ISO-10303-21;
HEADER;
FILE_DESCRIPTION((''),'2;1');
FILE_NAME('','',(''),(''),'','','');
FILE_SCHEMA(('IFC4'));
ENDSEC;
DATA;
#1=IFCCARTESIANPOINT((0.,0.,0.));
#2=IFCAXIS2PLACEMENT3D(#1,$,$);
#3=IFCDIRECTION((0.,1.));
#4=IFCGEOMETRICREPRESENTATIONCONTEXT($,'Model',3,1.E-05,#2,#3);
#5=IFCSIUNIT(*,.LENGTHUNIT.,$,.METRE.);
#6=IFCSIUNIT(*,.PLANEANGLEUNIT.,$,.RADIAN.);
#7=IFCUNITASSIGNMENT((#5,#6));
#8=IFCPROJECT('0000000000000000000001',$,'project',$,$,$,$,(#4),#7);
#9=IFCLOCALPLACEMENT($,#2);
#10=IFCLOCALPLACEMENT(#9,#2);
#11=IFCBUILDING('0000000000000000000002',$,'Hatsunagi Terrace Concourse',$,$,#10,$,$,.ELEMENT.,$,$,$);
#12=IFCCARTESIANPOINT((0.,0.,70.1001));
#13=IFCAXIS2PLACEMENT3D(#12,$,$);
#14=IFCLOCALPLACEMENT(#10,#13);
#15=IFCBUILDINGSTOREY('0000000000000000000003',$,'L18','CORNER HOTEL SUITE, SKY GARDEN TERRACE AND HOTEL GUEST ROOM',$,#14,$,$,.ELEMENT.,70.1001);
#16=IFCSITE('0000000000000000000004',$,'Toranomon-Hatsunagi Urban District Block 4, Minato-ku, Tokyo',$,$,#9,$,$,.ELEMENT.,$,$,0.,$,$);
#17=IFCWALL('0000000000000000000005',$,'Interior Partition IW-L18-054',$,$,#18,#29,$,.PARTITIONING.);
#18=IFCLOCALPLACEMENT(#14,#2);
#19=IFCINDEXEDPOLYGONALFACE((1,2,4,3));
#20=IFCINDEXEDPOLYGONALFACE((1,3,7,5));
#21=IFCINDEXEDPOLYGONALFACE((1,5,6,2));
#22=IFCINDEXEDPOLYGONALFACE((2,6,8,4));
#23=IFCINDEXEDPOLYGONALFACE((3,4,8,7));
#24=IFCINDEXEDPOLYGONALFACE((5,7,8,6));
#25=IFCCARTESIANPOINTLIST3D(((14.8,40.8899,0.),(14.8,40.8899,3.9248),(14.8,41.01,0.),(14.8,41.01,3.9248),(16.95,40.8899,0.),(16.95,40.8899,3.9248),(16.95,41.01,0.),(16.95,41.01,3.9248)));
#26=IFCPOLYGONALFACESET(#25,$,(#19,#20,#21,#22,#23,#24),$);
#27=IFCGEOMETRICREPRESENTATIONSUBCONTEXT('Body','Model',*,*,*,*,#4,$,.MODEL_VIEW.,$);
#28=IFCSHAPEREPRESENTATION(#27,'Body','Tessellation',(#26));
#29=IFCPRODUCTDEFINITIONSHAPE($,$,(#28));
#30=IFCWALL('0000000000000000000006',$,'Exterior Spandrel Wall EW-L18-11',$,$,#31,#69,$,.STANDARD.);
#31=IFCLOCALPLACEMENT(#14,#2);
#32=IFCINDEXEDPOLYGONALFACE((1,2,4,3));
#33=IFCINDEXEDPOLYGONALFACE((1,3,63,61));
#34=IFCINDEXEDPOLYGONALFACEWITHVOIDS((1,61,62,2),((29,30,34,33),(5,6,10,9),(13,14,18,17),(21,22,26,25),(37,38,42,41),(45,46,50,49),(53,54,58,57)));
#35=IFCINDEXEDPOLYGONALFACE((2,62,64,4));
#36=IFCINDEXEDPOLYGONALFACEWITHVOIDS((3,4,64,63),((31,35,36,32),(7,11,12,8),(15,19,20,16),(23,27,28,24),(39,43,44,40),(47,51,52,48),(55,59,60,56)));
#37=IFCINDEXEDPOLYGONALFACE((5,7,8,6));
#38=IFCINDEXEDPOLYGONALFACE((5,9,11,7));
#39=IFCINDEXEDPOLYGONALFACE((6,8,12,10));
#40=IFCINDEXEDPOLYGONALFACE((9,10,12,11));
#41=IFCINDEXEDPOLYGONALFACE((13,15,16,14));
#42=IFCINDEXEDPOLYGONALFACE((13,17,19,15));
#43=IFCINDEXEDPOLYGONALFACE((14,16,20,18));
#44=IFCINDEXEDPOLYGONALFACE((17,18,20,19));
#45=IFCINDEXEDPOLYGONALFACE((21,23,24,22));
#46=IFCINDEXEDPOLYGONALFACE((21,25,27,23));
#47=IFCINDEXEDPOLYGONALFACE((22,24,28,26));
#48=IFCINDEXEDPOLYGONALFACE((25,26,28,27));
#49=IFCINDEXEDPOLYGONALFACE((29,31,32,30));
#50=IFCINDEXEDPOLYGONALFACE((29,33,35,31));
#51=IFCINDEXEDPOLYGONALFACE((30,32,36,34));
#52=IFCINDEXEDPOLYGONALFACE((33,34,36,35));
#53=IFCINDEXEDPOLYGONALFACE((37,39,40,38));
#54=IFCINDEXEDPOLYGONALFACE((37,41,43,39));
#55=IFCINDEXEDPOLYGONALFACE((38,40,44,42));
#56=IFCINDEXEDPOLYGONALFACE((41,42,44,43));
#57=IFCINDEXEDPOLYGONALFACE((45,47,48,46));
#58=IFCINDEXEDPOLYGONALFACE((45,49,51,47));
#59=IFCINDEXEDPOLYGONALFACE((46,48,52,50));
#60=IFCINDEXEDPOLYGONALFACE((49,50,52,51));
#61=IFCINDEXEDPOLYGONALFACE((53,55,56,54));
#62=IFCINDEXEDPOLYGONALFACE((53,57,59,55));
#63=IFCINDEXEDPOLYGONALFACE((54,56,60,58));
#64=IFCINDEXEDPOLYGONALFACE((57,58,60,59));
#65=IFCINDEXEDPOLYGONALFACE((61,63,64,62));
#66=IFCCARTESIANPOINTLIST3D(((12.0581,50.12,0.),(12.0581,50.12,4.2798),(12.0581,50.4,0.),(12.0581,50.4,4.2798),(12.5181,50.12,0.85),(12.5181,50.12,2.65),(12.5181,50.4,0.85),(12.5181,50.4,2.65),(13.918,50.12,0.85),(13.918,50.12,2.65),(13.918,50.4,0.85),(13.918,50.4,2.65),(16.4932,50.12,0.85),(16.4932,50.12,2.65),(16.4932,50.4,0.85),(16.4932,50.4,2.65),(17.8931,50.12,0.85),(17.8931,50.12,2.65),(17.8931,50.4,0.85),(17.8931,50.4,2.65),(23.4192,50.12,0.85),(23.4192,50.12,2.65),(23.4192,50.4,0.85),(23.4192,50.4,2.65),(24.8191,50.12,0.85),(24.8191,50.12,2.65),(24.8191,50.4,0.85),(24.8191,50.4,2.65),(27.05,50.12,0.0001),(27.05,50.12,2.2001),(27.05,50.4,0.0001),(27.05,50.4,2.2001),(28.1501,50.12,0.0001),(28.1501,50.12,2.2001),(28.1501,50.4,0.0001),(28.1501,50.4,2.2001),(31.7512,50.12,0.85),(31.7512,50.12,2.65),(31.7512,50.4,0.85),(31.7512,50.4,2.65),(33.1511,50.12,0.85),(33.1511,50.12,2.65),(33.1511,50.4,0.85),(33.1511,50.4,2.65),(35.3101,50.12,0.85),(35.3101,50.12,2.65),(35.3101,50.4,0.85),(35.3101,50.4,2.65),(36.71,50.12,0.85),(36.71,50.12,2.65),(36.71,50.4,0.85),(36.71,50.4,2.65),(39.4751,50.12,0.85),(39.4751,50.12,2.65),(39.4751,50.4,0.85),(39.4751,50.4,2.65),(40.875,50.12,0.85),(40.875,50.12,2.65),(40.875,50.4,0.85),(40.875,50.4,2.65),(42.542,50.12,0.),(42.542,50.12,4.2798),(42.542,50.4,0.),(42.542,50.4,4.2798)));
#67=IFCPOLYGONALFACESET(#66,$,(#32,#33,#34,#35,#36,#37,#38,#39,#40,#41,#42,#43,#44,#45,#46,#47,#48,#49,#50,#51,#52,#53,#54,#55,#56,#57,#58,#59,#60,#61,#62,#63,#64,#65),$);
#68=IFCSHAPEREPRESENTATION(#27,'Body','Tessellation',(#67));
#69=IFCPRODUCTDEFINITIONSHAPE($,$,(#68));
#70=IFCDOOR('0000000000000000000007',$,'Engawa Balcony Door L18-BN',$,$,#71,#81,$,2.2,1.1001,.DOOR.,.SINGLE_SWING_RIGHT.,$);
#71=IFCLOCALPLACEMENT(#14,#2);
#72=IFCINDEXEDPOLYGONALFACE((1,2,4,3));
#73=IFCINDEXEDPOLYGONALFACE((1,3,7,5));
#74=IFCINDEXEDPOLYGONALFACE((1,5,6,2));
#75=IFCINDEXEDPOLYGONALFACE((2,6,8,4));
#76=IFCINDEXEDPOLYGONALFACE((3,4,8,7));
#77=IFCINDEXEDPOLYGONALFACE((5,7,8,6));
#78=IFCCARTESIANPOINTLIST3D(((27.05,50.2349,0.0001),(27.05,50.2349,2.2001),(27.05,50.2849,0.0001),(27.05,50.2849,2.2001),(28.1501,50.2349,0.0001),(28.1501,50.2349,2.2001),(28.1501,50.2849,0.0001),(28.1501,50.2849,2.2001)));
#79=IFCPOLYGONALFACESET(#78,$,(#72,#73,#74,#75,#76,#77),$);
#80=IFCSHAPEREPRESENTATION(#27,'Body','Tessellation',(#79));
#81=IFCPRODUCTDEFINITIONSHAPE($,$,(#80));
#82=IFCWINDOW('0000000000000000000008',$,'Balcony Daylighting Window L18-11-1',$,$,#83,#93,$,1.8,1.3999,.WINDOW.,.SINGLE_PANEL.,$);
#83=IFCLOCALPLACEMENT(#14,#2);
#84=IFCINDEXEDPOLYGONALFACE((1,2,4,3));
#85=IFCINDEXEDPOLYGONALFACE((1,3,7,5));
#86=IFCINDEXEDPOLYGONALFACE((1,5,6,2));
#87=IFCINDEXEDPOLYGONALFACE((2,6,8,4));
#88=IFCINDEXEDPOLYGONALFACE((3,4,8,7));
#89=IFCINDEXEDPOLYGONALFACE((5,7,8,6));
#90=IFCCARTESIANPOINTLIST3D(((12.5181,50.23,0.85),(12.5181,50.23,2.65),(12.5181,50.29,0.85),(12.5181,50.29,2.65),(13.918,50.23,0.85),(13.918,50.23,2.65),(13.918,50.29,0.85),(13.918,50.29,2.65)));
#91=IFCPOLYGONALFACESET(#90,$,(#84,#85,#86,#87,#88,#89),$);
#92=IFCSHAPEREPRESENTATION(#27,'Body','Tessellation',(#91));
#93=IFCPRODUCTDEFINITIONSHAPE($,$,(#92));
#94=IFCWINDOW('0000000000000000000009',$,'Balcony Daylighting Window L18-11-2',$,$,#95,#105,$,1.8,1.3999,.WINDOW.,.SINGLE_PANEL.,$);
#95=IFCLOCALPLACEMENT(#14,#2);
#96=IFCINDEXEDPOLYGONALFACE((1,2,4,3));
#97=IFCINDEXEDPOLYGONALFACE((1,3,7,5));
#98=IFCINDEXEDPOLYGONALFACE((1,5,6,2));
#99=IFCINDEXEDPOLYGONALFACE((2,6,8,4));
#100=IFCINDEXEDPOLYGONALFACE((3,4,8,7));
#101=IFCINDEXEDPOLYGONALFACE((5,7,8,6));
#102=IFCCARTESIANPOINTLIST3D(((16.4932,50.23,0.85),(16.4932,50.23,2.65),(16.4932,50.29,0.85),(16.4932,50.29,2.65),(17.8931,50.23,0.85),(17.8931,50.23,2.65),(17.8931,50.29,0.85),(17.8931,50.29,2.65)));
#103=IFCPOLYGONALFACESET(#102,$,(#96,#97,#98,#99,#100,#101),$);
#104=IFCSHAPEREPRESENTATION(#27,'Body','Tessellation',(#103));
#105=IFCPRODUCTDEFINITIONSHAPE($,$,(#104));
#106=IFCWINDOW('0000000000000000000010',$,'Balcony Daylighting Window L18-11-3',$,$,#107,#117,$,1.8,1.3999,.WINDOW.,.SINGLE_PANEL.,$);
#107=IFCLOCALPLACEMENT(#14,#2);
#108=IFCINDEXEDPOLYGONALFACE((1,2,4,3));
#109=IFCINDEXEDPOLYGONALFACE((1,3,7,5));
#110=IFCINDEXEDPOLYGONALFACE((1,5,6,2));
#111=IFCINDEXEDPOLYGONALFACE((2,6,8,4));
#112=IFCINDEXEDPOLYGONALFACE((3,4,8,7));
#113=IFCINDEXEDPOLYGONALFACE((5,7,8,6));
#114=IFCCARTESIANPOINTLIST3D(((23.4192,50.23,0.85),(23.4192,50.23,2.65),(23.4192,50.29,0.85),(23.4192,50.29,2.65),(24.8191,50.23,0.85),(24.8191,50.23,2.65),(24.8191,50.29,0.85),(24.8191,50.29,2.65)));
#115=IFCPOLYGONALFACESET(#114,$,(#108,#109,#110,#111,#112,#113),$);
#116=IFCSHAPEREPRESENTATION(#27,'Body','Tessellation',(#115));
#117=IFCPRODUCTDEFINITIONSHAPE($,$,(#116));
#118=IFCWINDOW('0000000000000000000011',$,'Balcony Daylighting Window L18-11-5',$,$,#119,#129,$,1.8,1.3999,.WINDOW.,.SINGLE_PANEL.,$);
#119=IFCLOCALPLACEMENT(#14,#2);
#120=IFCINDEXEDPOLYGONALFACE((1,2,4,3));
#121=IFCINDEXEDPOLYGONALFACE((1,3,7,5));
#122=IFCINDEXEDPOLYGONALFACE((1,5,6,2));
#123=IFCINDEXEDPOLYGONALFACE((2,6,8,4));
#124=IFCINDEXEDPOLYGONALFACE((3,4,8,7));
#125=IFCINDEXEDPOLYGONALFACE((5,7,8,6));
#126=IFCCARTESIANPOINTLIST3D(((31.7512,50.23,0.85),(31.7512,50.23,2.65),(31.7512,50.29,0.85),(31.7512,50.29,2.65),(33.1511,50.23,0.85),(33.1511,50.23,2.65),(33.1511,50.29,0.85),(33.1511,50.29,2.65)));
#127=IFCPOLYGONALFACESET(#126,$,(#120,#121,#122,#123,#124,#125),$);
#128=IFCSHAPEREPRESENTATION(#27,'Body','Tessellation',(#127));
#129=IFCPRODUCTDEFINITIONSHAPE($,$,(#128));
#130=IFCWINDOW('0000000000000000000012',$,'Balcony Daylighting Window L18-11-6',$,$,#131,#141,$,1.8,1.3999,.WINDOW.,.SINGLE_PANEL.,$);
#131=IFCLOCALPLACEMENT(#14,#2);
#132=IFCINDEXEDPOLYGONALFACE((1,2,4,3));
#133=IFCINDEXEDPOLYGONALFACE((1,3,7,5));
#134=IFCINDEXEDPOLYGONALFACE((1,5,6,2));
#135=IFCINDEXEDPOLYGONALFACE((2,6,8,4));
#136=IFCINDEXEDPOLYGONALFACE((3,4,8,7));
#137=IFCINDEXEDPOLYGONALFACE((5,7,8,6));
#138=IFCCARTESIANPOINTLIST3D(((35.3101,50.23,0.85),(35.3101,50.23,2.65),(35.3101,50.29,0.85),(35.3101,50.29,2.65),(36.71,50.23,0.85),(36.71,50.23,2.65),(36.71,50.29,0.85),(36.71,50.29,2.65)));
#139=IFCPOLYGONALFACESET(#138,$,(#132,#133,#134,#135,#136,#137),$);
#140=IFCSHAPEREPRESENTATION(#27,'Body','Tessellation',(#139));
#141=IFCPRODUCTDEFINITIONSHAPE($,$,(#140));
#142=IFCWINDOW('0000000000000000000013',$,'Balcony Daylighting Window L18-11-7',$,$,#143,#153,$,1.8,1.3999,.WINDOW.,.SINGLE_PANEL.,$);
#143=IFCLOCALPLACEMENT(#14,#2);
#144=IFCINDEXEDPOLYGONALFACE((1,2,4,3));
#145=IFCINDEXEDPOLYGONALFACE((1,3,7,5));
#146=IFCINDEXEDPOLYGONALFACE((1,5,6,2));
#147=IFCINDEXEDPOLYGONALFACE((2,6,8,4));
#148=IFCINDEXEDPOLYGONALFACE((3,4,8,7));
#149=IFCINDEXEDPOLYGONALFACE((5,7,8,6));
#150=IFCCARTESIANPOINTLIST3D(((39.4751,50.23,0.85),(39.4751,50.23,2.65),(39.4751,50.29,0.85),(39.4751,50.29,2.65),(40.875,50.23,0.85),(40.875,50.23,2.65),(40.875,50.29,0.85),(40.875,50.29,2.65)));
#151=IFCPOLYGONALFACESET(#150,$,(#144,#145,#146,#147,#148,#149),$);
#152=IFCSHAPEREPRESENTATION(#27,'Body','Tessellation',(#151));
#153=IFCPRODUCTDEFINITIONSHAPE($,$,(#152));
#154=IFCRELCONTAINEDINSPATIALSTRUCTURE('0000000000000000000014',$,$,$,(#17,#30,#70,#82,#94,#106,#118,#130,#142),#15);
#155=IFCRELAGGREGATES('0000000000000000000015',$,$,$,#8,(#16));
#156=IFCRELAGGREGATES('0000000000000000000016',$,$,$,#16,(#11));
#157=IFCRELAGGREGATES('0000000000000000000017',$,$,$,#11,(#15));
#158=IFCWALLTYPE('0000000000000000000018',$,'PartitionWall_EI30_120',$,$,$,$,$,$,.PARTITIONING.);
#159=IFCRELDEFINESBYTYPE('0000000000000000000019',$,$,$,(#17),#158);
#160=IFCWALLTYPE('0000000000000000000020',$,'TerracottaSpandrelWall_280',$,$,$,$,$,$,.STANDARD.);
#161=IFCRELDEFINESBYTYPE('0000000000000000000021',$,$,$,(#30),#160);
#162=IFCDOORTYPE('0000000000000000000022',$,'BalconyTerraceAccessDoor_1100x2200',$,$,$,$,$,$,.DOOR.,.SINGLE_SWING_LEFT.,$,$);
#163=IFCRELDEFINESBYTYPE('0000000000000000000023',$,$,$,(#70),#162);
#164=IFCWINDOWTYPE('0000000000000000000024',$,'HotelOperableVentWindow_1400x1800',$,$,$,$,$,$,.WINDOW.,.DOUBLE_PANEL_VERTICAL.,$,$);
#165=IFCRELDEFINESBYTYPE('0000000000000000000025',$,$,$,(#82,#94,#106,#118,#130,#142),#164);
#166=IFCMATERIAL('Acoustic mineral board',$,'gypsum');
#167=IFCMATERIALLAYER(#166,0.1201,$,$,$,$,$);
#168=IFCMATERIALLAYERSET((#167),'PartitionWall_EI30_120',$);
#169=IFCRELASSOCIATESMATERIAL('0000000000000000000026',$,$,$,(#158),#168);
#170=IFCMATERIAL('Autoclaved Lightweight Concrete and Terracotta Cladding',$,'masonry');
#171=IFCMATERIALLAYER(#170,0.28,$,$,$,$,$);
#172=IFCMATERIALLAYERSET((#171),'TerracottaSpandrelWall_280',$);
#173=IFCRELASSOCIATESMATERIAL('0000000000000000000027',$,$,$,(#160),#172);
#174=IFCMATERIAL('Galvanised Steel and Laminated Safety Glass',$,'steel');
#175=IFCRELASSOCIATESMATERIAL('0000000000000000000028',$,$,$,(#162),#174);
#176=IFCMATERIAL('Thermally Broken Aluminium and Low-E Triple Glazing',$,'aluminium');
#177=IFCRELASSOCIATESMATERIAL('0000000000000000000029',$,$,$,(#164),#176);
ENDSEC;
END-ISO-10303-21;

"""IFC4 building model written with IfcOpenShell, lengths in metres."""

from ifc_helpers import new_model, si_unit, direction, frame, frame_2d, origin, place, context, subcontext, project, spatial, rectangle, extrude, material, layer, layer_set, type_object, element, fill, save


model = new_model("IFC4")

# Units and contexts
model_context = context("Model", 3, precision=1e-05, world=origin(), true_north=direction((0.0, 1.0)))
body_context = subcontext(model_context, "Body", "Model", "MODEL_VIEW")
ifc_project = project(units=[si_unit("LENGTHUNIT", "METRE"), si_unit("PLANEANGLEUNIT", "RADIAN")], contexts=[model_context])

# Site, building, storey
site_placement = place(None, origin())
site = spatial("IfcSite", under=ifc_project, at=site_placement, Name="Toranomon-Hatsunagi Urban District Block 4, Minato-ku, Tokyo", CompositionType="ELEMENT", RefElevation=0.0)
building_placement = place(site_placement, origin())
building = spatial("IfcBuilding", under=site, at=building_placement, Name="Hatsunagi Terrace Concourse", CompositionType="ELEMENT")
storey_placement = place(building_placement, frame((0.0, 0.0, 70.1001)))
storey = spatial("IfcBuildingStorey", under=building, at=storey_placement, Name="L18", Description="CORNER HOTEL SUITE, SKY GARDEN TERRACE AND HOTEL GUEST ROOM", CompositionType="ELEMENT", Elevation=70.1001)

# Wall
ifc_material_1 = material(Name="Acoustic mineral board", Category="gypsum")
ifc_layer_1 = layer(ifc_material_1, 0.1201)
ifc_layer_set_1 = layer_set([ifc_layer_1], Name="PartitionWall_EI30_120")
wall_type_1 = type_object("IfcWallType", Name="PartitionWall_EI30_120", PredefinedType="PARTITIONING", material=ifc_layer_set_1)
wall_1_placement = place(storey_placement, frame((14.8, 40.95, 0.0), z_axis=(0.0, 0.0, 1.0), x_axis=(1.0, 0.0, 0.0)))
element("IfcWall", 1, at=wall_1_placement, inside=storey, type_object=wall_type_1, Name="Interior Partition IW-L18-054", PredefinedType="PARTITIONING", context=body_context, shape_type="SweptSolid", body=[
    extrude(rectangle(XDim=2.1499, YDim=0.1201, at=frame_2d((1.075, 0.0))), origin(), (0.0, 0.0, 1.0), 3.9248),
])

# Wall, openings, door, windows
ifc_material_2 = material(Name="Autoclaved Lightweight Concrete and Terracotta Cladding", Category="masonry")
ifc_layer_2 = layer(ifc_material_2, 0.28)
ifc_layer_set_2 = layer_set([ifc_layer_2], Name="TerracottaSpandrelWall_280")
wall_type_2 = type_object("IfcWallType", Name="TerracottaSpandrelWall_280", PredefinedType="STANDARD", material=ifc_layer_set_2)
wall_2_placement = place(storey_placement, frame((12.0581, 50.26, 0.0), z_axis=(0.0, 0.0, 1.0), x_axis=(1.0, 0.0, 0.0)))
wall_2 = element("IfcWall", 2, at=wall_2_placement, inside=storey, type_object=wall_type_2, Name="Exterior Spandrel Wall EW-L18-11", PredefinedType="STANDARD", context=body_context, shape_type="SweptSolid", body=[
    extrude(rectangle(XDim=30.4839, YDim=0.28, at=frame_2d((15.2419, 0.0))), origin(), (0.0, 0.0, 1.0), 4.2798),
])
opening_1_placement = place(wall_2_placement, frame((14.9919, 0.0, 0.0)))
opening_1 = element("IfcOpeningElement", 3, at=opening_1_placement, cuts=wall_2, PredefinedType="OPENING", context=body_context, shape_type="SweptSolid", body=[
    extrude(rectangle(XDim=1.1001, YDim=2.2, at=frame_2d((0.55, 1.1001))), frame((0.0, 0.1499, 0.0), z_axis=(0.0, -1.0, 0.0), x_axis=(1.0, 0.0, 0.0)), (0.0, 0.0, 1.0), 0.3),
])
opening_2_placement = place(wall_2_placement, frame((0.46, 0.0, 0.8501)))
opening_2 = element("IfcOpeningElement", 4, at=opening_2_placement, cuts=wall_2, PredefinedType="OPENING", context=body_context, shape_type="SweptSolid", body=[
    extrude(rectangle(XDim=1.3999, YDim=1.8, at=frame_2d((0.7, 0.8999))), frame((0.0, 0.1499, 0.0), z_axis=(0.0, -1.0, 0.0), x_axis=(1.0, 0.0, 0.0)), (0.0, 0.0, 1.0), 0.3),
])
opening_3_placement = place(wall_2_placement, frame((4.4351, 0.0, 0.8501)))
opening_3 = element("IfcOpeningElement", 5, at=opening_3_placement, cuts=wall_2, PredefinedType="OPENING", context=body_context, shape_type="SweptSolid", body=[
    extrude(rectangle(XDim=1.3999, YDim=1.8, at=frame_2d((0.7, 0.8999))), frame((0.0, 0.1499, 0.0), z_axis=(0.0, -1.0, 0.0), x_axis=(1.0, 0.0, 0.0)), (0.0, 0.0, 1.0), 0.3),
])
opening_4_placement = place(wall_2_placement, frame((11.3611, 0.0, 0.8501)))
opening_4 = element("IfcOpeningElement", 6, at=opening_4_placement, cuts=wall_2, PredefinedType="OPENING", context=body_context, shape_type="SweptSolid", body=[
    extrude(rectangle(XDim=1.3999, YDim=1.8, at=frame_2d((0.7, 0.8999))), frame((0.0, 0.1499, 0.0), z_axis=(0.0, -1.0, 0.0), x_axis=(1.0, 0.0, 0.0)), (0.0, 0.0, 1.0), 0.3),
])
opening_5_placement = place(wall_2_placement, frame((19.6931, 0.0, 0.8501)))
opening_5 = element("IfcOpeningElement", 7, at=opening_5_placement, cuts=wall_2, PredefinedType="OPENING", context=body_context, shape_type="SweptSolid", body=[
    extrude(rectangle(XDim=1.3999, YDim=1.8, at=frame_2d((0.7, 0.8999))), frame((0.0, 0.1499, 0.0), z_axis=(0.0, -1.0, 0.0), x_axis=(1.0, 0.0, 0.0)), (0.0, 0.0, 1.0), 0.3),
])
opening_6_placement = place(wall_2_placement, frame((23.252, 0.0, 0.8501)))
opening_6 = element("IfcOpeningElement", 8, at=opening_6_placement, cuts=wall_2, PredefinedType="OPENING", context=body_context, shape_type="SweptSolid", body=[
    extrude(rectangle(XDim=1.3999, YDim=1.8, at=frame_2d((0.7, 0.8999))), frame((0.0, 0.1499, 0.0), z_axis=(0.0, -1.0, 0.0), x_axis=(1.0, 0.0, 0.0)), (0.0, 0.0, 1.0), 0.3),
])
opening_7_placement = place(wall_2_placement, frame((27.417, 0.0, 0.8501)))
opening_7 = element("IfcOpeningElement", 9, at=opening_7_placement, cuts=wall_2, PredefinedType="OPENING", context=body_context, shape_type="SweptSolid", body=[
    extrude(rectangle(XDim=1.3999, YDim=1.8, at=frame_2d((0.7, 0.8999))), frame((0.0, 0.1499, 0.0), z_axis=(0.0, -1.0, 0.0), x_axis=(1.0, 0.0, 0.0)), (0.0, 0.0, 1.0), 0.3),
])
ifc_material_3 = material(Name="Galvanised Steel and Laminated Safety Glass", Category="steel")
door_type = type_object("IfcDoorType", Name="BalconyTerraceAccessDoor_1100x2200", OperationType="SINGLE_SWING_LEFT", PredefinedType="DOOR", material=ifc_material_3)
door_placement = place(opening_1_placement, origin())
door = element("IfcDoor", 10, at=door_placement, inside=storey, type_object=door_type, Name="Engawa Balcony Door L18-BN", OperationType="SINGLE_SWING_RIGHT", OverallHeight=2.2, OverallWidth=1.1001, PredefinedType="DOOR", context=body_context, shape_type="SweptSolid", body=[
    extrude(rectangle(XDim=1.1001, YDim=2.2, at=frame_2d((0.55, 1.1001))), frame((0.0, 0.0249, 0.0), z_axis=(0.0, -1.0, 0.0), x_axis=(1.0, 0.0, 0.0)), (0.0, 0.0, 1.0), 0.05),
])
fill(opening_1, door)
ifc_material_4 = material(Name="Thermally Broken Aluminium and Low-E Triple Glazing", Category="aluminium")
window_type = type_object("IfcWindowType", Name="HotelOperableVentWindow_1400x1800", PartitioningType="DOUBLE_PANEL_VERTICAL", PredefinedType="WINDOW", material=ifc_material_4)
window_1_placement = place(opening_2_placement, origin())
window_1 = element("IfcWindow", 11, at=window_1_placement, inside=storey, type_object=window_type, Name="Balcony Daylighting Window L18-11-1", OverallHeight=1.8, OverallWidth=1.3999, PartitioningType="SINGLE_PANEL", PredefinedType="WINDOW", context=body_context, shape_type="SweptSolid", body=[
    extrude(rectangle(XDim=1.3999, YDim=1.8, at=frame_2d((0.7, 0.8999))), frame((0.0, 0.03, 0.0), z_axis=(0.0, -1.0, 0.0), x_axis=(1.0, 0.0, 0.0)), (0.0, 0.0, 1.0), 0.0601),
])
fill(opening_2, window_1)
window_2_placement = place(opening_3_placement, origin())
window_2 = element("IfcWindow", 12, at=window_2_placement, inside=storey, type_object=window_type, Name="Balcony Daylighting Window L18-11-2", OverallHeight=1.8, OverallWidth=1.3999, PartitioningType="SINGLE_PANEL", PredefinedType="WINDOW", context=body_context, shape_type="SweptSolid", body=[
    extrude(rectangle(XDim=1.3999, YDim=1.8, at=frame_2d((0.7, 0.8999))), frame((0.0, 0.03, 0.0), z_axis=(0.0, -1.0, 0.0), x_axis=(1.0, 0.0, 0.0)), (0.0, 0.0, 1.0), 0.0601),
])
fill(opening_3, window_2)
window_3_placement = place(opening_4_placement, origin())
window_3 = element("IfcWindow", 13, at=window_3_placement, inside=storey, type_object=window_type, Name="Balcony Daylighting Window L18-11-3", OverallHeight=1.8, OverallWidth=1.3999, PartitioningType="SINGLE_PANEL", PredefinedType="WINDOW", context=body_context, shape_type="SweptSolid", body=[
    extrude(rectangle(XDim=1.3999, YDim=1.8, at=frame_2d((0.7, 0.8999))), frame((0.0, 0.03, 0.0), z_axis=(0.0, -1.0, 0.0), x_axis=(1.0, 0.0, 0.0)), (0.0, 0.0, 1.0), 0.0601),
])
fill(opening_4, window_3)
window_4_placement = place(opening_5_placement, origin())
window_4 = element("IfcWindow", 14, at=window_4_placement, inside=storey, type_object=window_type, Name="Balcony Daylighting Window L18-11-5", OverallHeight=1.8, OverallWidth=1.3999, PartitioningType="SINGLE_PANEL", PredefinedType="WINDOW", context=body_context, shape_type="SweptSolid", body=[
    extrude(rectangle(XDim=1.3999, YDim=1.8, at=frame_2d((0.7, 0.8999))), frame((0.0, 0.03, 0.0), z_axis=(0.0, -1.0, 0.0), x_axis=(1.0, 0.0, 0.0)), (0.0, 0.0, 1.0), 0.0601),
])
fill(opening_5, window_4)
window_5_placement = place(opening_6_placement, origin())
window_5 = element("IfcWindow", 15, at=window_5_placement, inside=storey, type_object=window_type, Name="Balcony Daylighting Window L18-11-6", OverallHeight=1.8, OverallWidth=1.3999, PartitioningType="SINGLE_PANEL", PredefinedType="WINDOW", context=body_context, shape_type="SweptSolid", body=[
    extrude(rectangle(XDim=1.3999, YDim=1.8, at=frame_2d((0.7, 0.8999))), frame((0.0, 0.03, 0.0), z_axis=(0.0, -1.0, 0.0), x_axis=(1.0, 0.0, 0.0)), (0.0, 0.0, 1.0), 0.0601),
])
fill(opening_6, window_5)
window_6_placement = place(opening_7_placement, origin())
window_6 = element("IfcWindow", 16, at=window_6_placement, inside=storey, type_object=window_type, Name="Balcony Daylighting Window L18-11-7", OverallHeight=1.8, OverallWidth=1.3999, PartitioningType="SINGLE_PANEL", PredefinedType="WINDOW", context=body_context, shape_type="SweptSolid", body=[
    extrude(rectangle(XDim=1.3999, YDim=1.8, at=frame_2d((0.7, 0.8999))), frame((0.0, 0.03, 0.0), z_axis=(0.0, -1.0, 0.0), x_axis=(1.0, 0.0, 0.0)), (0.0, 0.0, 1.0), 0.0601),
])
fill(opening_7, window_6)

save(model, "model.ifc")
